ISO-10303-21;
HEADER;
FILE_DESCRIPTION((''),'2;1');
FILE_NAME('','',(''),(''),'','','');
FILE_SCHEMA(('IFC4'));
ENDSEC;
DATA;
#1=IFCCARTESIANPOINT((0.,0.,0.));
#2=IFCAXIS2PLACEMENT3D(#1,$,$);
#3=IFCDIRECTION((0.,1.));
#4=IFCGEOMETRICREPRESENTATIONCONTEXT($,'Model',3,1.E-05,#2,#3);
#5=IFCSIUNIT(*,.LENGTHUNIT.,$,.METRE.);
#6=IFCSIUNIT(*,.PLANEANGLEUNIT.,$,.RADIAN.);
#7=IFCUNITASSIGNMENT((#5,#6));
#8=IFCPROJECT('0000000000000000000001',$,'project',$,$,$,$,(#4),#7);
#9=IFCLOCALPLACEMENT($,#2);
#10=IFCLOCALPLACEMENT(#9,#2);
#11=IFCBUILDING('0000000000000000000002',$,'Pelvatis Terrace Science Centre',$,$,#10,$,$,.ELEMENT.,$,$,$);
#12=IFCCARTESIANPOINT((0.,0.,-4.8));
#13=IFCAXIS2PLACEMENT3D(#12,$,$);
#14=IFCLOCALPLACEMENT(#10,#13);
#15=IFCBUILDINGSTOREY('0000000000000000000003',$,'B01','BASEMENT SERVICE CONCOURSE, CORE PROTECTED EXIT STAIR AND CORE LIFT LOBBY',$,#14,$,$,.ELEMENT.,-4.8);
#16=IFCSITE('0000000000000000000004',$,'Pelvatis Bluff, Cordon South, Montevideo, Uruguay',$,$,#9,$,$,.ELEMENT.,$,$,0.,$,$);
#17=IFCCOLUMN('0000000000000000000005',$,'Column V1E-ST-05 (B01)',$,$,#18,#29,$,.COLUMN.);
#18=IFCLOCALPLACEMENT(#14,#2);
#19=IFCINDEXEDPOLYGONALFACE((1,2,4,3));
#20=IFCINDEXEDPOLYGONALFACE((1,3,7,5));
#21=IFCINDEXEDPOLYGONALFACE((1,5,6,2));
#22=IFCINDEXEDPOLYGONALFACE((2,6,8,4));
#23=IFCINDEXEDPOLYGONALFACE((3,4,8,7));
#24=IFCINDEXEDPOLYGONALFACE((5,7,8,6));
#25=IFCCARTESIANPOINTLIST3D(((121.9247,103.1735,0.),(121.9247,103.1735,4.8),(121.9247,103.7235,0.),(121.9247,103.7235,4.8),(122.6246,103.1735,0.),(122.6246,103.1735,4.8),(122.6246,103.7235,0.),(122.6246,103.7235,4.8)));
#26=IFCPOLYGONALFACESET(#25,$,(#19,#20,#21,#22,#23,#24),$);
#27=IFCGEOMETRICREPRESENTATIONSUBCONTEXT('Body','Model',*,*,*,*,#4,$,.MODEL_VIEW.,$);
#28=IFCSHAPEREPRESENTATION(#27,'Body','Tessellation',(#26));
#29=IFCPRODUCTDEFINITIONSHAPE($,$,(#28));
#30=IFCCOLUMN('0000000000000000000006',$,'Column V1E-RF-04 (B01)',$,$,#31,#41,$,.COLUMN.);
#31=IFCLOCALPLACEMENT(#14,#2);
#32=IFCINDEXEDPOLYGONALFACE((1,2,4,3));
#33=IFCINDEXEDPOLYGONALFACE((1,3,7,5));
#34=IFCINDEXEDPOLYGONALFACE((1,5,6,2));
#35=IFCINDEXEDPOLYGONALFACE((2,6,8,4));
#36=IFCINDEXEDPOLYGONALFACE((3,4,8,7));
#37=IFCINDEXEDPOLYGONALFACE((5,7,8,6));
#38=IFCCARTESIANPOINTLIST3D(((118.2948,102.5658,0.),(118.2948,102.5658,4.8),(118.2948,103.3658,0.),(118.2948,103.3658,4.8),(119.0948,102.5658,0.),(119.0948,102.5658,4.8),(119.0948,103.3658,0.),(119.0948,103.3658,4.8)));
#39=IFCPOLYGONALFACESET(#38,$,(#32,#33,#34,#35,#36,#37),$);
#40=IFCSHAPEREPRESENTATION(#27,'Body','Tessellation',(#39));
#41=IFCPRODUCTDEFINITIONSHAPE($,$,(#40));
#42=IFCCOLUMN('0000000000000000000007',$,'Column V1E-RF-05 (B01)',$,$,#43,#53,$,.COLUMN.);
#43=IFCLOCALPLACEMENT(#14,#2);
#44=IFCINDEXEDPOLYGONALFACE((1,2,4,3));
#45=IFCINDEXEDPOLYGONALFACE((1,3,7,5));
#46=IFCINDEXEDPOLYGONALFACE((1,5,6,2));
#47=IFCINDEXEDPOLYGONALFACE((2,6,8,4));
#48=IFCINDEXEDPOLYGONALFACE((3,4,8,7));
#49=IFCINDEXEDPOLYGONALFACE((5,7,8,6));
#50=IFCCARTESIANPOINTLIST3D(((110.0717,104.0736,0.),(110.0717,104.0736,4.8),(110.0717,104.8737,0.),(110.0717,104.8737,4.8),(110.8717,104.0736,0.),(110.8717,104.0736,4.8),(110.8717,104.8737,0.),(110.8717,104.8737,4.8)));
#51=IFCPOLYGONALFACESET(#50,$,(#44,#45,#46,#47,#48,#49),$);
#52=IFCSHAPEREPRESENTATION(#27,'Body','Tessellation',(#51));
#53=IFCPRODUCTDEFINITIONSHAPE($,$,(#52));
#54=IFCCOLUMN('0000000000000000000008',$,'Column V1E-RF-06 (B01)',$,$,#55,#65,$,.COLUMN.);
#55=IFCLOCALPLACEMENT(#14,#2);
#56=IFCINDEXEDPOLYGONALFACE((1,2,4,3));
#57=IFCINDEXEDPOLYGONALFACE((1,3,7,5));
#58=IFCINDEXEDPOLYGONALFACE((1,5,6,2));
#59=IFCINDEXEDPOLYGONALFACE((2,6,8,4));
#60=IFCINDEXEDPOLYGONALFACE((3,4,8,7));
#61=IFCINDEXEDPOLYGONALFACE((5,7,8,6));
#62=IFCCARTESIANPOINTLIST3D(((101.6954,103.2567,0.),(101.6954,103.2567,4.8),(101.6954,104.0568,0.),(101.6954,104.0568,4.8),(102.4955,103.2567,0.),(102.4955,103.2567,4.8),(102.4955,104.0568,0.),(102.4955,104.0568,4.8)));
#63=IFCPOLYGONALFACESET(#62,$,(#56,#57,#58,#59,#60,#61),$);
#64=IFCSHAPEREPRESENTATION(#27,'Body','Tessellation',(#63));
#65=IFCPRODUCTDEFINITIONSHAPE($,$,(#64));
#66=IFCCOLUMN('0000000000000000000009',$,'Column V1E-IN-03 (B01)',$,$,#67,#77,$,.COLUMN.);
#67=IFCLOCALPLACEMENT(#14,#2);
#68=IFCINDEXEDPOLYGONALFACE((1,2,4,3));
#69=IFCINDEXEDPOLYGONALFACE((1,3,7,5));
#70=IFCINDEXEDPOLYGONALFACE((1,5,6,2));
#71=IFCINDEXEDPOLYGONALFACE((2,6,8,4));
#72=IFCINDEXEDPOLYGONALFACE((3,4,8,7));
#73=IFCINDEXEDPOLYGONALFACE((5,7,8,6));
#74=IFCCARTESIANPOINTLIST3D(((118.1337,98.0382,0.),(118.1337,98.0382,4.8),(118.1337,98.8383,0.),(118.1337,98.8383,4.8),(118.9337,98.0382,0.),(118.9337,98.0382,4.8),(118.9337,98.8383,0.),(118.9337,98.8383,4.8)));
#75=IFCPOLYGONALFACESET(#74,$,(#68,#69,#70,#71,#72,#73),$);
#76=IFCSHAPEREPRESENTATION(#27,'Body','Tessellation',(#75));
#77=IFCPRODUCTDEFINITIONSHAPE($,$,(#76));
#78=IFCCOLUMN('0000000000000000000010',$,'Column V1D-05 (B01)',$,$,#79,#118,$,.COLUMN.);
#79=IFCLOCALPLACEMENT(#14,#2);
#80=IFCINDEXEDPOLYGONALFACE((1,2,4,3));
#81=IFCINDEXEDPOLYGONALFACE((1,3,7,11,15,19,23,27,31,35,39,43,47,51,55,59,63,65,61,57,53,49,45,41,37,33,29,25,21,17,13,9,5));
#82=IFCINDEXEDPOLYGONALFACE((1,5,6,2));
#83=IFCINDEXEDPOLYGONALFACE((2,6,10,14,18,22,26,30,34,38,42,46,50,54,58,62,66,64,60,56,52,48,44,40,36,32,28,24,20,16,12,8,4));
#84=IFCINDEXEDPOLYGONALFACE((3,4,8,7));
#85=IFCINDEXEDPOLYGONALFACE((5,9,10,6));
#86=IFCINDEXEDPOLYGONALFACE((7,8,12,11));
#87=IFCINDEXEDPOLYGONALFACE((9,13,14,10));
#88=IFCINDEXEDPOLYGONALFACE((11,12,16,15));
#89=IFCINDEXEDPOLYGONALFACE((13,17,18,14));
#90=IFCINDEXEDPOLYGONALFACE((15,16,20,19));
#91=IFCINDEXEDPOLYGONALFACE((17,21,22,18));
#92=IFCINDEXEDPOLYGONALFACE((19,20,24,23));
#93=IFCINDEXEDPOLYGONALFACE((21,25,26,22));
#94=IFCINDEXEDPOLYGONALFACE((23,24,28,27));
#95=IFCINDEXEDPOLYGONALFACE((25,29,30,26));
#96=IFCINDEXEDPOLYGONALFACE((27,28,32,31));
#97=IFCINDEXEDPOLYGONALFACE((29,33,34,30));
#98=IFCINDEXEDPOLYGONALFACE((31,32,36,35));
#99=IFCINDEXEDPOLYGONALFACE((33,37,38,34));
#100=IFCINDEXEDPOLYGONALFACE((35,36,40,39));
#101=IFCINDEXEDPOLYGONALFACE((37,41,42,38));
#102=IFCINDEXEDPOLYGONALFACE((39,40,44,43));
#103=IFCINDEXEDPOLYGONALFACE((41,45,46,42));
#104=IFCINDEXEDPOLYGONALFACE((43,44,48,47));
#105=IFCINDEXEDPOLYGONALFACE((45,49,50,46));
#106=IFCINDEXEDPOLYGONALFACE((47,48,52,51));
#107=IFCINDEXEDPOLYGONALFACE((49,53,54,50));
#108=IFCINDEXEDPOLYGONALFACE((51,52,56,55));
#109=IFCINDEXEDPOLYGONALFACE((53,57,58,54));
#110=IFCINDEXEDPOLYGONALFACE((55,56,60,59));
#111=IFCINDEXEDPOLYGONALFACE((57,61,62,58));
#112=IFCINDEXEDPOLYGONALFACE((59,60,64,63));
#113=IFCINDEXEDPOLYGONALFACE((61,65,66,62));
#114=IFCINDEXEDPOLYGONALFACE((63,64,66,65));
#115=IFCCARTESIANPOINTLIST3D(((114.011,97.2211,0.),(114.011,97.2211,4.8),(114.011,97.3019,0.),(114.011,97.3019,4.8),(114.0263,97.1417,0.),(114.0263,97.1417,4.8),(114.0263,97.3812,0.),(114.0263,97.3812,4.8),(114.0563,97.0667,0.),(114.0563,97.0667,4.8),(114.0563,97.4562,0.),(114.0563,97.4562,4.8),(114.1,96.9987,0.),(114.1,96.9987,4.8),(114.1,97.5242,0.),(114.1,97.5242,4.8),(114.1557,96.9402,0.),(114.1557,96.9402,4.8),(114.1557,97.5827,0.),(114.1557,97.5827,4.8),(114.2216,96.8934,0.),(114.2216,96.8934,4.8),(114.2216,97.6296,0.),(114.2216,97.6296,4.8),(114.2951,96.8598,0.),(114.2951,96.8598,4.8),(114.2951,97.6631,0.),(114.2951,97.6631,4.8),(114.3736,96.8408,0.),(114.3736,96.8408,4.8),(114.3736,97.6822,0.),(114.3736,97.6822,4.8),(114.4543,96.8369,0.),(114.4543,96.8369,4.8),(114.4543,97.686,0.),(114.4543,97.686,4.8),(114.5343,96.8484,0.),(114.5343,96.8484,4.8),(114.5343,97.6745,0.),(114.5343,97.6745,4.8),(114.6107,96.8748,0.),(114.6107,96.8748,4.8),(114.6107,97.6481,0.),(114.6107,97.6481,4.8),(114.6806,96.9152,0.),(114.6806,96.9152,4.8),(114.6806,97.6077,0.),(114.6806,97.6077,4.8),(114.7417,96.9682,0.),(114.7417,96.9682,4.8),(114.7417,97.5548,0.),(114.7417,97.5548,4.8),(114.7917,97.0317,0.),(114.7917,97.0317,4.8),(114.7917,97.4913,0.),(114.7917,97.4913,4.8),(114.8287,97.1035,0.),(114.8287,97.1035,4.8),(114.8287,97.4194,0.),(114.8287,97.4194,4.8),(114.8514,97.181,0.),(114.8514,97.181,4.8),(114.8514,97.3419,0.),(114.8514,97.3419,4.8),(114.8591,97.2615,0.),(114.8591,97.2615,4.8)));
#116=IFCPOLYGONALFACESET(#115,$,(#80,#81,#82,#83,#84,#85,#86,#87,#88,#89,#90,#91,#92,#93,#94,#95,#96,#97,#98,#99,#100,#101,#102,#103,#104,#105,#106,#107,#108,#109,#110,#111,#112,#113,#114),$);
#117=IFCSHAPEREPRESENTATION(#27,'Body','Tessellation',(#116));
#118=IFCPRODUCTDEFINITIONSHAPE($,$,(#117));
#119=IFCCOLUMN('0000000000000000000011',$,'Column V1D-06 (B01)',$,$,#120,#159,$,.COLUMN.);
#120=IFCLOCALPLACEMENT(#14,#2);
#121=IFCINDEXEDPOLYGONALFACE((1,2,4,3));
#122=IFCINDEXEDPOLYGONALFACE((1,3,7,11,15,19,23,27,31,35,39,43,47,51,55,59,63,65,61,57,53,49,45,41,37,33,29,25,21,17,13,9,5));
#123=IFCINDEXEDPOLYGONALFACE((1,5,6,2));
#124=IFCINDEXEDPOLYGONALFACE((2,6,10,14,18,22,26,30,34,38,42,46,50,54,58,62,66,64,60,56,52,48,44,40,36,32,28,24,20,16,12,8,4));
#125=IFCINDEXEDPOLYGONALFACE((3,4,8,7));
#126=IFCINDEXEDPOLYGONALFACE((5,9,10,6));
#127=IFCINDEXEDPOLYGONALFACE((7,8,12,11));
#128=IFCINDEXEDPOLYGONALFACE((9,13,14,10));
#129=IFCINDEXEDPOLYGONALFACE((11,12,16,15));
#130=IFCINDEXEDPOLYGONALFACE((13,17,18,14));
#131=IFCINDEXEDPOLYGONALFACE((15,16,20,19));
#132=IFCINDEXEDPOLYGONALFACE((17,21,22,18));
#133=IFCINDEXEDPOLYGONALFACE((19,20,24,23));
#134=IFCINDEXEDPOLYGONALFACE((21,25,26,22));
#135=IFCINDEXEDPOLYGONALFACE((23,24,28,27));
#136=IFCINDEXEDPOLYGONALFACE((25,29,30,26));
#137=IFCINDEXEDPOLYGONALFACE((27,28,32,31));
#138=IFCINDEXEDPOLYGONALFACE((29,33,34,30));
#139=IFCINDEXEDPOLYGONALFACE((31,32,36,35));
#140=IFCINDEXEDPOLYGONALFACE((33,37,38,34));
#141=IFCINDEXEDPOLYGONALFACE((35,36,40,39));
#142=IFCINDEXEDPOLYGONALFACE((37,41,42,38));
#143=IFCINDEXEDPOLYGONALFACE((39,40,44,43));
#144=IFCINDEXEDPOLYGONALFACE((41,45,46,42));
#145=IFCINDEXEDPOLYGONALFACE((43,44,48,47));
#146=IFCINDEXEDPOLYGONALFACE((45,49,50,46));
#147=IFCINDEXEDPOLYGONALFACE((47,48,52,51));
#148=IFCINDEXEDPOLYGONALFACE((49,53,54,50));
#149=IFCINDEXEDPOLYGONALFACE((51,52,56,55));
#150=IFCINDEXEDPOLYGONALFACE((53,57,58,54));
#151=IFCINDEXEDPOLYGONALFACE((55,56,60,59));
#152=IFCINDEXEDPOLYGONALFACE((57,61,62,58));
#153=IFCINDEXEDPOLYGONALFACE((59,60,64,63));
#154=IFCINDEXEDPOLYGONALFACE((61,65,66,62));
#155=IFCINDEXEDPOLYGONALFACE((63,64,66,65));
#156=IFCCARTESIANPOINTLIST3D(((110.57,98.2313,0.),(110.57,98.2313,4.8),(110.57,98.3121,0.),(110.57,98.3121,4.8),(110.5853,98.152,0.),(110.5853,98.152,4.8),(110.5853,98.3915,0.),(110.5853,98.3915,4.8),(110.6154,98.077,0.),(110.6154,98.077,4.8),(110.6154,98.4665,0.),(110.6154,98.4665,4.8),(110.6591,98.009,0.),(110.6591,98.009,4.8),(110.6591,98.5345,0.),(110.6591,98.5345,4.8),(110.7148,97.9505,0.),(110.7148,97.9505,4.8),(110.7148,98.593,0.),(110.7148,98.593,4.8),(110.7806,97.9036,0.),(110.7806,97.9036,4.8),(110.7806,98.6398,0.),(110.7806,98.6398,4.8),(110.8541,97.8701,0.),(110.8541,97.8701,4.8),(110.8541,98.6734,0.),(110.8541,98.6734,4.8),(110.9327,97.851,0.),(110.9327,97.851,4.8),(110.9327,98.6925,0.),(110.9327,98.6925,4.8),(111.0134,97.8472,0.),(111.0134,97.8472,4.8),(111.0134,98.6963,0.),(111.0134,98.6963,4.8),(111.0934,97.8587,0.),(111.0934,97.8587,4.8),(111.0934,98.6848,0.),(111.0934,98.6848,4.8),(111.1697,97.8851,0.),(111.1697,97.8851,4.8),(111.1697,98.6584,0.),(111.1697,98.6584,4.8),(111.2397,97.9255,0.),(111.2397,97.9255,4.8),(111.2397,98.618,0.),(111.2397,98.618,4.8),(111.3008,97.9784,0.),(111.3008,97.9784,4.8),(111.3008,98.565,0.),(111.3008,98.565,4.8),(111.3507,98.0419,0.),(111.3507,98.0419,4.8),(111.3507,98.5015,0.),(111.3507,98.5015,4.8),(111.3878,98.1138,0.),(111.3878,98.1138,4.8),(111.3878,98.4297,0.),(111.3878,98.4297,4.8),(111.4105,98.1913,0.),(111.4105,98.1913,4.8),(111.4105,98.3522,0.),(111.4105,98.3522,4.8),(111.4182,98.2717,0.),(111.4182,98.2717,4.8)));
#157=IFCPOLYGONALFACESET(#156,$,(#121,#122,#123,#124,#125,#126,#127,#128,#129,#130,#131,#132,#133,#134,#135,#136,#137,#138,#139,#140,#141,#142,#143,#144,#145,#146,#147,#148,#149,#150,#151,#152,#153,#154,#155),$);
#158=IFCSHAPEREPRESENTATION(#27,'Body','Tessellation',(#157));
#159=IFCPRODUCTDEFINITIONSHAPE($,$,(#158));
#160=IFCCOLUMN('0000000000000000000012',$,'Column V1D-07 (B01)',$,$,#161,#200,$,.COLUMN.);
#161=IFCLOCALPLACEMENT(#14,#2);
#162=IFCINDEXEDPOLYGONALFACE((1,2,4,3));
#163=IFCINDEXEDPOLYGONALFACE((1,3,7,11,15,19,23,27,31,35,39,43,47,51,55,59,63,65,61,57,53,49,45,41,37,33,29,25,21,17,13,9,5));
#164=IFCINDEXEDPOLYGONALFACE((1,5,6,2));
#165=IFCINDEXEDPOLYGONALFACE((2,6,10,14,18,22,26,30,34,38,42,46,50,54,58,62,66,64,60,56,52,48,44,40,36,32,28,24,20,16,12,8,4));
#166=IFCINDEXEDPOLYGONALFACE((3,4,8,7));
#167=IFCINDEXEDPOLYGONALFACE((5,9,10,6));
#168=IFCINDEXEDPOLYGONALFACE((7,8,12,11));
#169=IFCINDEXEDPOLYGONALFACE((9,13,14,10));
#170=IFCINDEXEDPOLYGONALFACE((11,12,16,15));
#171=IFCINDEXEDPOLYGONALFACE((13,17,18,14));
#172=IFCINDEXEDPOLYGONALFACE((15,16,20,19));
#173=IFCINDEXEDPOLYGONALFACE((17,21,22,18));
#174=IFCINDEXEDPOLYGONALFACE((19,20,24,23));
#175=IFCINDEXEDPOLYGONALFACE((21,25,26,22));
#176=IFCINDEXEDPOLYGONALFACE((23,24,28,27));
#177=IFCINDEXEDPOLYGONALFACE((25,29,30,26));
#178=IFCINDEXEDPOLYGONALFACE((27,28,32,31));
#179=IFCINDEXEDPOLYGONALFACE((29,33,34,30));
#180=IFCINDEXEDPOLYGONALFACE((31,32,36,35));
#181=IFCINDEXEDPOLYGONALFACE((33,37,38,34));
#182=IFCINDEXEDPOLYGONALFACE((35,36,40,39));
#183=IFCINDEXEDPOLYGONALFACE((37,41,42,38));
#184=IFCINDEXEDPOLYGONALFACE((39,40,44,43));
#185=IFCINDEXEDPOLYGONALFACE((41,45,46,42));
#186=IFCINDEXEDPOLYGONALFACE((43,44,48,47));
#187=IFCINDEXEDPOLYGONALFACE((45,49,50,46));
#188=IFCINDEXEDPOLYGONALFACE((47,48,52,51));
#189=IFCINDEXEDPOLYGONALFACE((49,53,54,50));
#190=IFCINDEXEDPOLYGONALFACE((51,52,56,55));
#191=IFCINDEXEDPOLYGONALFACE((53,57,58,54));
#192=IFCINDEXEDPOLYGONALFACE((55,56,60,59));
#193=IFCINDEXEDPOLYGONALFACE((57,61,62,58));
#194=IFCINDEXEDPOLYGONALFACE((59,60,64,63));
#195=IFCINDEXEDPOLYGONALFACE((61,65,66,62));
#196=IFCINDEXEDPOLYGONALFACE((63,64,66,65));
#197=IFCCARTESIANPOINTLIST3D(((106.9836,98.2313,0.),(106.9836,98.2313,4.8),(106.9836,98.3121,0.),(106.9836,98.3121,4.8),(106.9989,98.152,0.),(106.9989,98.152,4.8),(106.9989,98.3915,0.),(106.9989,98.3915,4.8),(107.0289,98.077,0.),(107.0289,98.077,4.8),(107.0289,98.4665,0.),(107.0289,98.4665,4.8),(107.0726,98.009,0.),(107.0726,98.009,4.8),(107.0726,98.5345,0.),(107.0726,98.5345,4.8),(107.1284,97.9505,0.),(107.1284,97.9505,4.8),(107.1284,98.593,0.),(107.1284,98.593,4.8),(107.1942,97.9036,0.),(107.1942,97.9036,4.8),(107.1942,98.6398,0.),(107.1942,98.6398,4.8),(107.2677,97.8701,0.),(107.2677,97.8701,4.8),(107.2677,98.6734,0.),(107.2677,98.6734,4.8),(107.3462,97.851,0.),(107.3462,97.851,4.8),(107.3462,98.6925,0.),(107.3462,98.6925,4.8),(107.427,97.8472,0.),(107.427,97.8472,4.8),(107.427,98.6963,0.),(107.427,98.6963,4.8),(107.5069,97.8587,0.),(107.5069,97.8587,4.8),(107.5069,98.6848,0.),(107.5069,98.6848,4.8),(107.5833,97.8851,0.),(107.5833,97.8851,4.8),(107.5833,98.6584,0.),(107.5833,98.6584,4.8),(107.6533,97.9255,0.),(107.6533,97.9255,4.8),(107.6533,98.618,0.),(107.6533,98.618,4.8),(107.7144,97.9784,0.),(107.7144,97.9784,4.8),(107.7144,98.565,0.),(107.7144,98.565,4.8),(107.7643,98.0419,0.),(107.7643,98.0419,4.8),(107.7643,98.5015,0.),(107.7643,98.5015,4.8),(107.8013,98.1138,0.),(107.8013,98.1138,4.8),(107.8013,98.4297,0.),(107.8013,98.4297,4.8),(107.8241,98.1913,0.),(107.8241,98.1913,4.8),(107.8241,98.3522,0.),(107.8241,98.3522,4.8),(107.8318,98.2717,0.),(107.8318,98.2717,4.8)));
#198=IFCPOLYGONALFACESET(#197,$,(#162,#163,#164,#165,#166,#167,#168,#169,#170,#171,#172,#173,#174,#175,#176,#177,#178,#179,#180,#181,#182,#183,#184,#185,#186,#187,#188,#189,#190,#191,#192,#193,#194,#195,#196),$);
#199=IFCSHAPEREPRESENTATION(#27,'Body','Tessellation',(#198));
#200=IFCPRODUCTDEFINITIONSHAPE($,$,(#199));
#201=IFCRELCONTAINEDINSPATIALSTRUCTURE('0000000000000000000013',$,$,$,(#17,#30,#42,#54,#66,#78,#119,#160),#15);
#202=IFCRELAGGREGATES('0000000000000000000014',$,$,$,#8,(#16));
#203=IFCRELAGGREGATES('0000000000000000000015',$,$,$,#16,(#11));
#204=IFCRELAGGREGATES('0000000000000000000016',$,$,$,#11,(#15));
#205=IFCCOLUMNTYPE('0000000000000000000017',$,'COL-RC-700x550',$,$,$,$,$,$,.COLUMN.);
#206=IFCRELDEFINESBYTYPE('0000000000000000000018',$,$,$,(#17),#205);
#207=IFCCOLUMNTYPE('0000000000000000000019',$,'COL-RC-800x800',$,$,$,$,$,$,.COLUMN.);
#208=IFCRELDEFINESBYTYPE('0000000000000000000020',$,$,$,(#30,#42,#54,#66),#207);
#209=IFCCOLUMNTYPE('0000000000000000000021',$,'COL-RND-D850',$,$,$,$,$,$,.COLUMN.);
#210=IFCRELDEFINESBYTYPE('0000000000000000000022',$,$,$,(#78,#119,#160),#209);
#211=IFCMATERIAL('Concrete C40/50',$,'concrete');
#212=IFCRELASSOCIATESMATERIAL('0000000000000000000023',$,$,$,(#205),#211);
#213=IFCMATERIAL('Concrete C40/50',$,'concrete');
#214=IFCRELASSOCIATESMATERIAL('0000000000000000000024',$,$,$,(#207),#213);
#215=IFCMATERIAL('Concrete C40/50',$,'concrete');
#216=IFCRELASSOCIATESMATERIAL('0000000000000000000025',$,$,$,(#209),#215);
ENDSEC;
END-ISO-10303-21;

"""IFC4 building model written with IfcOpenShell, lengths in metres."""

from ifc_helpers import new_model, si_unit, direction, frame, origin, origin_2d, place, context, subcontext, project, spatial, rectangle, circle, extrude, material, material_profile, profile_set, type_object, element, save


model = new_model("IFC4")

# Units and contexts
model_context = context("Model", 3, precision=1e-05, world=origin(), true_north=direction((0.0, 1.0)))
body_context = subcontext(model_context, "Body", "Model", "MODEL_VIEW")
ifc_project = project(units=[si_unit("LENGTHUNIT", "METRE"), si_unit("PLANEANGLEUNIT", "RADIAN")], contexts=[model_context])

# Site, building, storey
site_placement = place(None, origin())
site = spatial("IfcSite", under=ifc_project, at=site_placement, Name="Pelvatis Bluff, Cordon South, Montevideo, Uruguay", CompositionType="ELEMENT", RefElevation=0.0)
building_placement = place(site_placement, origin())
building = spatial("IfcBuilding", under=site, at=building_placement, Name="Pelvatis Terrace Science Centre", CompositionType="ELEMENT")
storey_placement = place(building_placement, frame((0.0, 0.0, -4.8)))
storey = spatial("IfcBuildingStorey", under=building, at=storey_placement, Name="B01", Description="BASEMENT SERVICE CONCOURSE, CORE PROTECTED EXIT STAIR AND CORE LIFT LOBBY", CompositionType="ELEMENT", Elevation=-4.8)

# Columns
ifc_material_1 = material(Name="Concrete C40/50", Category="concrete")
ifc_material_profile_1 = material_profile(ifc_material_1, rectangle(XDim=0.7, YDim=0.55, at=origin_2d()), Name="RC-COL 700x550")
ifc_profile_set_1 = profile_set([ifc_material_profile_1], Name="Concrete C40/50")
column_type_1 = type_object("IfcColumnType", Name="COL-RC-700x550", PredefinedType="COLUMN", material=ifc_profile_set_1)
column_placement = place(storey_placement, frame((122.2747, 103.4485, 0.0), z_axis=(0.0, 0.0, 1.0), x_axis=(1.0, 0.0, 0.0)))
element("IfcColumn", 1, at=column_placement, inside=storey, type_object=column_type_1, Name="Column V1E-ST-05 (B01)", PredefinedType="COLUMN", context=body_context, shape_type="SweptSolid", body=[
    extrude(rectangle(XDim=0.7, YDim=0.55, at=origin_2d()), origin(), (0.0, 0.0, 1.0), 4.8),
])
ifc_material_2 = material(Name="Concrete C40/50", Category="concrete")
ifc_material_profile_2 = material_profile(ifc_material_2, rectangle(XDim=0.8, YDim=0.8, at=origin_2d()), Name="RC-COL 800x800")
ifc_profile_set_2 = profile_set([ifc_material_profile_2], Name="Concrete C40/50")
column_type_2 = type_object("IfcColumnType", Name="COL-RC-800x800", PredefinedType="COLUMN", material=ifc_profile_set_2)
for number, where, z_axis, x_axis, name in (
    (2, (118.6948, 102.9658, 0.0), (0.0, 0.0, 1.0), (1.0, 0.0, 0.0), "Column V1E-RF-04 (B01)"),
    (3, (110.4717, 104.4736, 0.0), (0.0, 0.0, 1.0), (1.0, 0.0, 0.0), "Column V1E-RF-05 (B01)"),
    (4, (102.0955, 103.6567, 0.0), (0.0, 0.0, 1.0), (1.0, 0.0, 0.0), "Column V1E-RF-06 (B01)"),
    (5, (118.5337, 98.4382, 0.0), (0.0, 0.0, 1.0), (1.0, 0.0, 0.0), "Column V1E-IN-03 (B01)"),
):
    element("IfcColumn", number, at=place(storey_placement, frame(where, z_axis=z_axis, x_axis=x_axis)), inside=storey, type_object=column_type_2, Name=name, PredefinedType="COLUMN", context=body_context, shape_type="SweptSolid", body=[
        extrude(rectangle(XDim=0.8, YDim=0.8, at=origin_2d()), origin(), (0.0, 0.0, 1.0), 4.8),
    ])
ifc_material_3 = material(Name="Concrete C40/50", Category="concrete")
ifc_material_profile_3 = material_profile(ifc_material_3, circle(Radius=0.425, at=origin_2d()), Name="RC-RCOL D850")
ifc_profile_set_3 = profile_set([ifc_material_profile_3], Name="Concrete C40/50")
column_type_3 = type_object("IfcColumnType", Name="COL-RND-D850", PredefinedType="COLUMN", material=ifc_profile_set_3)
for number, where, z_axis, x_axis, name in (
    (6, (114.4341, 97.2615, 0.0), (0.0, 0.0, 1.0), (1.0, 0.0, 0.0), "Column V1D-05 (B01)"),
    (7, (110.9932, 98.2717, 0.0), (0.0, 0.0, 1.0), (1.0, 0.0, 0.0), "Column V1D-06 (B01)"),
    (8, (107.4067, 98.2717, 0.0), (0.0, 0.0, 1.0), (1.0, 0.0, 0.0), "Column V1D-07 (B01)"),
):
    element("IfcColumn", number, at=place(storey_placement, frame(where, z_axis=z_axis, x_axis=x_axis)), inside=storey, type_object=column_type_3, Name=name, PredefinedType="COLUMN", context=body_context, shape_type="SweptSolid", body=[
        extrude(circle(Radius=0.425, at=origin_2d()), origin(), (0.0, 0.0, 1.0), 4.8),
    ])

save(model, "model.ifc")
